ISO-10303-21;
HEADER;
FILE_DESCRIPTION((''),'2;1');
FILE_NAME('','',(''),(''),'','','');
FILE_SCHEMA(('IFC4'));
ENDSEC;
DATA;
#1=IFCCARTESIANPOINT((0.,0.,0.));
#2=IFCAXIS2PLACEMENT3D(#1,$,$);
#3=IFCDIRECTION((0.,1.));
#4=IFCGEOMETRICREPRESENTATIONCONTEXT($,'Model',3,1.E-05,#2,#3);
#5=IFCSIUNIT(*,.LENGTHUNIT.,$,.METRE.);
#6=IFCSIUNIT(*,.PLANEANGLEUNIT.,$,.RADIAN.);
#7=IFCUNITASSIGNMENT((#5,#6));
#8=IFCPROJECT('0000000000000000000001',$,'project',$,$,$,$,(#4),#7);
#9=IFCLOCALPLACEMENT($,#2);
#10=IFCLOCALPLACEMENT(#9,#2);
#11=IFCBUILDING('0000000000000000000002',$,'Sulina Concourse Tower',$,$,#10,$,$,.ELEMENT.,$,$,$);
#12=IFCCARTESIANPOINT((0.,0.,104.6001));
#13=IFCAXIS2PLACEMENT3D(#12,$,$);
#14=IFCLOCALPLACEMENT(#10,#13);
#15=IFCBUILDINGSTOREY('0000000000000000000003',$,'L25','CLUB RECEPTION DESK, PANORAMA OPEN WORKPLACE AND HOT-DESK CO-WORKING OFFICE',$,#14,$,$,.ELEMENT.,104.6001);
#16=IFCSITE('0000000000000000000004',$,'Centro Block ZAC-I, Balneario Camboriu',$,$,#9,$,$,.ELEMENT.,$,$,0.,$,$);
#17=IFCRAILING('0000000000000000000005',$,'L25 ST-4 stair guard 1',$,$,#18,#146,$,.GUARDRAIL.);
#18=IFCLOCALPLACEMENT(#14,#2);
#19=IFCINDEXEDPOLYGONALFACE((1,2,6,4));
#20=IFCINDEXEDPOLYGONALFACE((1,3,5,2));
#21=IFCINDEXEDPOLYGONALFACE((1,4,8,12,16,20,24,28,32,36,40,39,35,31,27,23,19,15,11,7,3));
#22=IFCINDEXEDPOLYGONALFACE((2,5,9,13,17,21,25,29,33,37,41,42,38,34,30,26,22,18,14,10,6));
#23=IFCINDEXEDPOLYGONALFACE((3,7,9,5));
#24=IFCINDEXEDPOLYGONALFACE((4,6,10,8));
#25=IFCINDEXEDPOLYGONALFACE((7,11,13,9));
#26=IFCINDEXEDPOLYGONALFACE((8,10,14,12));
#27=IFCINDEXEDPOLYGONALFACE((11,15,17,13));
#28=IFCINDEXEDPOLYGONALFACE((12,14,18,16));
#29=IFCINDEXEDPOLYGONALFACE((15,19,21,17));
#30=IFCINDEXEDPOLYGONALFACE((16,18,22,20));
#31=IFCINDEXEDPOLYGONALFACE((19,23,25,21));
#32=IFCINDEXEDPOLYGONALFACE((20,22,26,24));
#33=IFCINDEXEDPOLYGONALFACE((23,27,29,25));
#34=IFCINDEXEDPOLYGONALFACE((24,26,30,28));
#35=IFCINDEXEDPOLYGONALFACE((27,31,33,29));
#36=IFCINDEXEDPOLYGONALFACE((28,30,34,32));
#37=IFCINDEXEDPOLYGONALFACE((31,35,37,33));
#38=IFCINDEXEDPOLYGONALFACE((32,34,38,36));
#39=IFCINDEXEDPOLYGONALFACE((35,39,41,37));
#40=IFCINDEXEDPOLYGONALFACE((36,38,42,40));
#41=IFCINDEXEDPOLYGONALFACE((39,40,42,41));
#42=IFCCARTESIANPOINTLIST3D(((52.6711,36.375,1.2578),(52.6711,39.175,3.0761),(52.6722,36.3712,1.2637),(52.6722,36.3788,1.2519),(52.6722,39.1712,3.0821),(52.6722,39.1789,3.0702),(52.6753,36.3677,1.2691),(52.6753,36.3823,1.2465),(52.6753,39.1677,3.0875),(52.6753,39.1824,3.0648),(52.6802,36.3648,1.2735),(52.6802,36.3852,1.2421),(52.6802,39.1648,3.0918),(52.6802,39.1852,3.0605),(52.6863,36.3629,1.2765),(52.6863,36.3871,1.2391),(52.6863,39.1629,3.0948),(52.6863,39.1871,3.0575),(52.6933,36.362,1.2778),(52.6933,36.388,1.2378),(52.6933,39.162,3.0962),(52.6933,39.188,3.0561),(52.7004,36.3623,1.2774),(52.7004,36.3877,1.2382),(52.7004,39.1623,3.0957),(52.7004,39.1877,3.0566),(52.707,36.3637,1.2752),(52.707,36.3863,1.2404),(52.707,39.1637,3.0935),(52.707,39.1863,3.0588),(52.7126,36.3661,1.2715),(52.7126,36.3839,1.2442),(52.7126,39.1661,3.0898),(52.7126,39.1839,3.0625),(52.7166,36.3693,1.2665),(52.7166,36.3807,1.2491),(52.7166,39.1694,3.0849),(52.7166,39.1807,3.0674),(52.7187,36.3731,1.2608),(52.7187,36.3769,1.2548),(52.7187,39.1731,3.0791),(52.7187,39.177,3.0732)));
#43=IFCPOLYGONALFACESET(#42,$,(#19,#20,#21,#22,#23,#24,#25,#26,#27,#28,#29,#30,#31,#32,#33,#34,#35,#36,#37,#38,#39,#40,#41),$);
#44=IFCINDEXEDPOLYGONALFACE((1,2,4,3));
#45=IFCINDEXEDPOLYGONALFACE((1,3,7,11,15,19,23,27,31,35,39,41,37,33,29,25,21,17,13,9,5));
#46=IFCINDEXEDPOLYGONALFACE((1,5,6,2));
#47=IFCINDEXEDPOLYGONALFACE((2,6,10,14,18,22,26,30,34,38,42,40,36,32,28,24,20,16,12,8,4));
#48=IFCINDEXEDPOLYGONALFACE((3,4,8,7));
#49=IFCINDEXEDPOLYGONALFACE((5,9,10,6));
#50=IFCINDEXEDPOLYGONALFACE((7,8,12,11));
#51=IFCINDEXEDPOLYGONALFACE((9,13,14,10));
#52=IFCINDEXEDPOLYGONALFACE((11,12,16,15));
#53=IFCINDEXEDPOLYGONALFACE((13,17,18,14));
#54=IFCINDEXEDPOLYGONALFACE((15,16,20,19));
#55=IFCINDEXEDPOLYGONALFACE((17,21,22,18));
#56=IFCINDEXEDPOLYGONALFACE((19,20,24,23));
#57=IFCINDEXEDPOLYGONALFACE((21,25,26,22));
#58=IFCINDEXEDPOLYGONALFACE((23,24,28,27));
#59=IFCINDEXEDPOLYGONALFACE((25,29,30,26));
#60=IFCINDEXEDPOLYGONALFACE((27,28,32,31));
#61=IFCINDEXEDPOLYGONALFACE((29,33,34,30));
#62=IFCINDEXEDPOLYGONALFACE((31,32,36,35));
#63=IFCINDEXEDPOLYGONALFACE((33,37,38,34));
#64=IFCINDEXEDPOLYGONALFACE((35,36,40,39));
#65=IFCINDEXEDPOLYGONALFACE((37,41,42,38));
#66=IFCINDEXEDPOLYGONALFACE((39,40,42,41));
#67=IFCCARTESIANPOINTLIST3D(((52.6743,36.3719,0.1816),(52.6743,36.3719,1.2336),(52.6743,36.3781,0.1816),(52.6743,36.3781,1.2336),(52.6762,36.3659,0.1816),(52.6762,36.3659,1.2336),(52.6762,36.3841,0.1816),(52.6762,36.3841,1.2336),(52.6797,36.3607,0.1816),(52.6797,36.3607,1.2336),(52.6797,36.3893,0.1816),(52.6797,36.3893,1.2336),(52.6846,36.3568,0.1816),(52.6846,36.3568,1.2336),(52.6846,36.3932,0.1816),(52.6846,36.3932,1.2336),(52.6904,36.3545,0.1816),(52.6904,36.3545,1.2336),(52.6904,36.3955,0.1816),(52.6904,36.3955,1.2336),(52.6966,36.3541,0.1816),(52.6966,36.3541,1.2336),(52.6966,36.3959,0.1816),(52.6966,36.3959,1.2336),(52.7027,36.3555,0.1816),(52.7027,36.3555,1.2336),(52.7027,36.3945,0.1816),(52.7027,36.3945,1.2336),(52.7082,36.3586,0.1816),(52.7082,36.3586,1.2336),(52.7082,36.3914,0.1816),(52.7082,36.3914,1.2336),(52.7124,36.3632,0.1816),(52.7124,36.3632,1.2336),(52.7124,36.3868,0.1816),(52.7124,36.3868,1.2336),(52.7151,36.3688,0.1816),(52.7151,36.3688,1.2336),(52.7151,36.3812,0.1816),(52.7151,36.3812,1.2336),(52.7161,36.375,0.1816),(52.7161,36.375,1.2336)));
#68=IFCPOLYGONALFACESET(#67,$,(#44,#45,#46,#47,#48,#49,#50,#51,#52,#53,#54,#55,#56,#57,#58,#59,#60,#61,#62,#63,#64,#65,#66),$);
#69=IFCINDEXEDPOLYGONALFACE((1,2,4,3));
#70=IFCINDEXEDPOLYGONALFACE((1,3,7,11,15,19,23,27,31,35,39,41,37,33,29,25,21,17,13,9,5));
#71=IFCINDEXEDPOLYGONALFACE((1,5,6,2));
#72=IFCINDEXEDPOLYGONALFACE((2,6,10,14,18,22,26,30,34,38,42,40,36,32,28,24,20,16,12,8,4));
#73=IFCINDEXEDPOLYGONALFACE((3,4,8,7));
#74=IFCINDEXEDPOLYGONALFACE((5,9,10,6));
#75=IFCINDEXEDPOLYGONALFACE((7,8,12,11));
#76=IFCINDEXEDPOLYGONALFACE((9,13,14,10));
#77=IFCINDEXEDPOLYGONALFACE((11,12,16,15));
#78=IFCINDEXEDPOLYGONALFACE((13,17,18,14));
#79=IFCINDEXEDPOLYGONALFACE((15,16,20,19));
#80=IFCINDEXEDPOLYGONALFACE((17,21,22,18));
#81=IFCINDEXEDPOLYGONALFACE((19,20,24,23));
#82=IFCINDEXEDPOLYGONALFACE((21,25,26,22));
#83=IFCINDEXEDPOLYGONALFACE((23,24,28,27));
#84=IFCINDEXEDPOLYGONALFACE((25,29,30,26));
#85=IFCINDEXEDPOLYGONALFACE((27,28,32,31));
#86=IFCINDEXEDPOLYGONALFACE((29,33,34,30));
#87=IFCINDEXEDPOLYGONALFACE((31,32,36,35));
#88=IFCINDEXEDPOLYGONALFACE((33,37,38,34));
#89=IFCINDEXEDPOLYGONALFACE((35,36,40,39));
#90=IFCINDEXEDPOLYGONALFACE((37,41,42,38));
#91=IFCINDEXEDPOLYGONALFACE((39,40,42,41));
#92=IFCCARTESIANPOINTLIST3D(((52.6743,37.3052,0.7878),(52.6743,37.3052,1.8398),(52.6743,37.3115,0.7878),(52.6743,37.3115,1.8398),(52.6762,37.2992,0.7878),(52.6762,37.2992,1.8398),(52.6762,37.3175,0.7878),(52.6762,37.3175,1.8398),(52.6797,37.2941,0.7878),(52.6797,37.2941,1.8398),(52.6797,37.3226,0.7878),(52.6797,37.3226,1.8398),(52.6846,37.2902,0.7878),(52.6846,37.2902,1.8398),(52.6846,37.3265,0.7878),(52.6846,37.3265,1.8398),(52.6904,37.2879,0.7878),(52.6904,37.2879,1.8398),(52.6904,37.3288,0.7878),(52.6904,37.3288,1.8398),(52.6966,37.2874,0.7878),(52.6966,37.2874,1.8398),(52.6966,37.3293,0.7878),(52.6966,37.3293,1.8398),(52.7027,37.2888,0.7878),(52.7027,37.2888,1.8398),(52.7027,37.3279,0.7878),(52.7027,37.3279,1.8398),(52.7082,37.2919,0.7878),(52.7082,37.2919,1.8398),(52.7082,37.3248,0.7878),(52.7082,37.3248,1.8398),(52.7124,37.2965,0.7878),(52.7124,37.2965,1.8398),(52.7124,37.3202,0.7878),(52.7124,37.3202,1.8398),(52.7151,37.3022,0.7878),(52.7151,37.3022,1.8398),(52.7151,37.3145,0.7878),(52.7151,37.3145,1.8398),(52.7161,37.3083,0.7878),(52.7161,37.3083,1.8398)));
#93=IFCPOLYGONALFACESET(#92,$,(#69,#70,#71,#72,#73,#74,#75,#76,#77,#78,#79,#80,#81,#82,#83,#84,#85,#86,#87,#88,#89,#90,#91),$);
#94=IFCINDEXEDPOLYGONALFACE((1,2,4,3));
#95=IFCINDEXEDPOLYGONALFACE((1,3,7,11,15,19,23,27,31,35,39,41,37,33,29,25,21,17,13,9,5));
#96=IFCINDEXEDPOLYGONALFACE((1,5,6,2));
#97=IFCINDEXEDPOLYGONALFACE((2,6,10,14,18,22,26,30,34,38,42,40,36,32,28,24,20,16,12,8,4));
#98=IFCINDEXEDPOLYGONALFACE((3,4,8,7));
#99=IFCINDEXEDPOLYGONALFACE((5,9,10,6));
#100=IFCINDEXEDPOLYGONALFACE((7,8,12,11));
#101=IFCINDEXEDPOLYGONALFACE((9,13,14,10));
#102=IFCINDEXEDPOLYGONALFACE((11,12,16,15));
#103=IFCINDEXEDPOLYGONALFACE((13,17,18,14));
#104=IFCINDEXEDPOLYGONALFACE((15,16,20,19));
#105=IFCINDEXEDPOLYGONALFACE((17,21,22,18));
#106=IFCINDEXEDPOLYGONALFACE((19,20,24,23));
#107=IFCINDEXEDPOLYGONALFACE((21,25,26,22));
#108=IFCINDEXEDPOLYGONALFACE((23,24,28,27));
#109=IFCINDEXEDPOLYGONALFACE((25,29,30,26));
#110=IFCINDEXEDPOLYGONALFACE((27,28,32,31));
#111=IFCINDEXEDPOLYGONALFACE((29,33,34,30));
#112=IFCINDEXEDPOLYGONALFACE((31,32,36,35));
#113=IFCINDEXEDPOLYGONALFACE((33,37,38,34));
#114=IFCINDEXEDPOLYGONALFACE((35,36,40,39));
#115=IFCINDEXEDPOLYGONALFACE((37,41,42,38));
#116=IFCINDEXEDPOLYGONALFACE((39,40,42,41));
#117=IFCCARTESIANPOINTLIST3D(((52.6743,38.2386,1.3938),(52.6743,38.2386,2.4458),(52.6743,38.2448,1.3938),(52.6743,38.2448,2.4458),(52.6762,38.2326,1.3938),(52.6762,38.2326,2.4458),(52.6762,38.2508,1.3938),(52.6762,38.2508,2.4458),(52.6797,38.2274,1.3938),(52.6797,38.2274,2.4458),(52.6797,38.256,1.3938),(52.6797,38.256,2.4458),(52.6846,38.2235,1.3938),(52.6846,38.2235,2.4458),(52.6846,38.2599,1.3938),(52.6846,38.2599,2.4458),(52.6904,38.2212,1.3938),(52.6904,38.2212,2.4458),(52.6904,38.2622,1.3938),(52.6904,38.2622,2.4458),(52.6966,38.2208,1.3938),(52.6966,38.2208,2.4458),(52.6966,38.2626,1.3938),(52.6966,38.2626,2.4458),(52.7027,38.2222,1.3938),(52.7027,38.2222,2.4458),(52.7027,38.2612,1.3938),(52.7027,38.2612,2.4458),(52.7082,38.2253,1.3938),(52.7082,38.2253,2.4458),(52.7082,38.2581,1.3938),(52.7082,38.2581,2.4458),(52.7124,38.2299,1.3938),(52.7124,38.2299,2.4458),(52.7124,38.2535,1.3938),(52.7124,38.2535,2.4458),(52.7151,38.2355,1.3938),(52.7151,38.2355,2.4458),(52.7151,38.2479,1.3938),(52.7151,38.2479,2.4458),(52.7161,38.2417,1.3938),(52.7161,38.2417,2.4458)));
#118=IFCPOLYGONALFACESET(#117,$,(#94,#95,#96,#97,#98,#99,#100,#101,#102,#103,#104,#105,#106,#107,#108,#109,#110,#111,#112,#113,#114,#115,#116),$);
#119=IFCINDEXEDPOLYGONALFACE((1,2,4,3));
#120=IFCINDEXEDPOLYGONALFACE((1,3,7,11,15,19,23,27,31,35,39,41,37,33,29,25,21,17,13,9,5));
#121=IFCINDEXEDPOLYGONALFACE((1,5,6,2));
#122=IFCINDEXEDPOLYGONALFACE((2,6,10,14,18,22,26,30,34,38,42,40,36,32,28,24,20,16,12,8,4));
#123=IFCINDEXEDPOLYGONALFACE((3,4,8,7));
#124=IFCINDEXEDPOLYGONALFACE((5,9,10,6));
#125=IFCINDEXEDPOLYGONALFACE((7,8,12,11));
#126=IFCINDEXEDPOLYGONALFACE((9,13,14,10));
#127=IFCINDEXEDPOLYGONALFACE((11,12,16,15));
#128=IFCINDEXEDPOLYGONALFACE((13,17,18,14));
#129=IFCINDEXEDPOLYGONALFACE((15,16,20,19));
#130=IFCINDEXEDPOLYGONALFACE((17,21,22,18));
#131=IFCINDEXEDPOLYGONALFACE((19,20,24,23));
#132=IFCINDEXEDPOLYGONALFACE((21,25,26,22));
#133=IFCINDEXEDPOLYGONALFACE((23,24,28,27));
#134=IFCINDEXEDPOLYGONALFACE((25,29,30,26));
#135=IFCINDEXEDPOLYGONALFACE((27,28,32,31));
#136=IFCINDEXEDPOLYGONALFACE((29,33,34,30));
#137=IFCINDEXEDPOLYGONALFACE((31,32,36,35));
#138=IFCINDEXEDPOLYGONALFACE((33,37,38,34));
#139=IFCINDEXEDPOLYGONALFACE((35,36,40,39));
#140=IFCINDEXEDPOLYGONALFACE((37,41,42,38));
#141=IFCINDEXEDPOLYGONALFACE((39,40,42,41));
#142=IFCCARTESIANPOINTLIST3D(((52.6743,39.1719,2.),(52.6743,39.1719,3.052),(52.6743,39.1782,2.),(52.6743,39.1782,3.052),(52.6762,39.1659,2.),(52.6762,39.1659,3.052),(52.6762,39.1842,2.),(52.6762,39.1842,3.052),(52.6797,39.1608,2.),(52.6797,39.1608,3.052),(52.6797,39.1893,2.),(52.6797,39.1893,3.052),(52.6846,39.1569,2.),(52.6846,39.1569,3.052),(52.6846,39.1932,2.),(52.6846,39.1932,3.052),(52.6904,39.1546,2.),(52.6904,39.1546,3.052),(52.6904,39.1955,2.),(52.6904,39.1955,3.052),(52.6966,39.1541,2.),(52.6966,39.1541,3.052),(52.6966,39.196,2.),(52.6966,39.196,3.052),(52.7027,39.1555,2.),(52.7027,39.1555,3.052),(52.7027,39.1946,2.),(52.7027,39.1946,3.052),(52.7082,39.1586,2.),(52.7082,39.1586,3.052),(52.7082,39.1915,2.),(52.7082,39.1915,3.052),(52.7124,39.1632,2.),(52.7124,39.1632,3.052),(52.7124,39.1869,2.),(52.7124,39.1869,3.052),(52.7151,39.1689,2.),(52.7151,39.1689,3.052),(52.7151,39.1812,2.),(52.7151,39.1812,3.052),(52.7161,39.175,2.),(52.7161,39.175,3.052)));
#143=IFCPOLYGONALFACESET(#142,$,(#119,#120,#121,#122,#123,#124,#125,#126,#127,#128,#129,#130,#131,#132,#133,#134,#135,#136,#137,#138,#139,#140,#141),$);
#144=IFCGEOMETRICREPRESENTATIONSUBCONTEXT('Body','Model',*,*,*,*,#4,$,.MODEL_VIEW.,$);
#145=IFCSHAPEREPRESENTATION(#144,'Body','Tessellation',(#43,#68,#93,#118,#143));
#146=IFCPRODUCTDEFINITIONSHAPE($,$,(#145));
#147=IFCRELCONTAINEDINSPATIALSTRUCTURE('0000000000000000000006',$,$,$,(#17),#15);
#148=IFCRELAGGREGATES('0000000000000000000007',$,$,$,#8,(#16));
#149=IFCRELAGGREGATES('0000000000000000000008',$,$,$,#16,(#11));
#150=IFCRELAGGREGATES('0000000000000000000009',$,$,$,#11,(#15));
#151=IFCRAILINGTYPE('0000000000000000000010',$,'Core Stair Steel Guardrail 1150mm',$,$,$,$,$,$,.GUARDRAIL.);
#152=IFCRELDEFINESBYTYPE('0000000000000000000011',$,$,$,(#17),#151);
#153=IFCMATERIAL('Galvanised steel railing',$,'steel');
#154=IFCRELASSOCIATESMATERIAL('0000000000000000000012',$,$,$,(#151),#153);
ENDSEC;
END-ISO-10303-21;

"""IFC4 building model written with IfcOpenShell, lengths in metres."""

from ifc_helpers import new_model, si_unit, direction, frame, origin, origin_2d, place, context, subcontext, project, spatial, circle, extrude, material, type_object, element, save


model = new_model("IFC4")

# Units and contexts
model_context = context("Model", 3, precision=1e-05, world=origin(), true_north=direction((0.0, 1.0)))
body_context = subcontext(model_context, "Body", "Model", "MODEL_VIEW")
ifc_project = project(units=[si_unit("LENGTHUNIT", "METRE"), si_unit("PLANEANGLEUNIT", "RADIAN")], contexts=[model_context])

# Site, building, storey
site_placement = place(None, origin())
site = spatial("IfcSite", under=ifc_project, at=site_placement, Name="Centro Block ZAC-I, Balneario Camboriu", CompositionType="ELEMENT", RefElevation=0.0)
building_placement = place(site_placement, origin())
building = spatial("IfcBuilding", under=site, at=building_placement, Name="Sulina Concourse Tower", CompositionType="ELEMENT")
storey_placement = place(building_placement, frame((0.0, 0.0, 104.6001)))
storey = spatial("IfcBuildingStorey", under=building, at=storey_placement, Name="L25", Description="CLUB RECEPTION DESK, PANORAMA OPEN WORKPLACE AND HOT-DESK CO-WORKING OFFICE", CompositionType="ELEMENT", Elevation=104.6001)

# Railing
ifc_material_1 = material(Name="Galvanised steel railing", Category="steel")
railing_type_1 = type_object("IfcRailingType", Name="Core Stair Steel Guardrail 1150mm", PredefinedType="GUARDRAIL", material=ifc_material_1)
railing_1_placement = place(storey_placement, frame((52.6951, 36.375, 0.1816)))
element("IfcRailing", 1, at=railing_1_placement, inside=storey, type_object=railing_type_1, Name="L25 ST-4 stair guard 1", PredefinedType="GUARDRAIL", context=body_context, shape_type="SweptSolid", body=[
    extrude(circle(Radius=0.0239, at=origin_2d()), frame((0.0, 0.0, 1.0762), z_axis=(0.0, 0.838672, 0.544636), x_axis=(-1.0, 0.0, 0.0)), (0.0, 0.0, 1.0), 3.3386),
    extrude(circle(Radius=0.021, at=origin_2d()), origin(), (0.0, 0.0, 1.0), 1.052),
    extrude(circle(Radius=0.021, at=origin_2d()), frame((0.0, 0.9333, 0.6062)), (0.0, 0.0, 1.0), 1.052),
    extrude(circle(Radius=0.021, at=origin_2d()), frame((0.0, 1.8667, 1.2122)), (0.0, 0.0, 1.0), 1.052),
    extrude(circle(Radius=0.021, at=origin_2d()), frame((0.0, 2.8, 1.8184)), (0.0, 0.0, 1.0), 1.052),
])

save(model, "model.ifc")
